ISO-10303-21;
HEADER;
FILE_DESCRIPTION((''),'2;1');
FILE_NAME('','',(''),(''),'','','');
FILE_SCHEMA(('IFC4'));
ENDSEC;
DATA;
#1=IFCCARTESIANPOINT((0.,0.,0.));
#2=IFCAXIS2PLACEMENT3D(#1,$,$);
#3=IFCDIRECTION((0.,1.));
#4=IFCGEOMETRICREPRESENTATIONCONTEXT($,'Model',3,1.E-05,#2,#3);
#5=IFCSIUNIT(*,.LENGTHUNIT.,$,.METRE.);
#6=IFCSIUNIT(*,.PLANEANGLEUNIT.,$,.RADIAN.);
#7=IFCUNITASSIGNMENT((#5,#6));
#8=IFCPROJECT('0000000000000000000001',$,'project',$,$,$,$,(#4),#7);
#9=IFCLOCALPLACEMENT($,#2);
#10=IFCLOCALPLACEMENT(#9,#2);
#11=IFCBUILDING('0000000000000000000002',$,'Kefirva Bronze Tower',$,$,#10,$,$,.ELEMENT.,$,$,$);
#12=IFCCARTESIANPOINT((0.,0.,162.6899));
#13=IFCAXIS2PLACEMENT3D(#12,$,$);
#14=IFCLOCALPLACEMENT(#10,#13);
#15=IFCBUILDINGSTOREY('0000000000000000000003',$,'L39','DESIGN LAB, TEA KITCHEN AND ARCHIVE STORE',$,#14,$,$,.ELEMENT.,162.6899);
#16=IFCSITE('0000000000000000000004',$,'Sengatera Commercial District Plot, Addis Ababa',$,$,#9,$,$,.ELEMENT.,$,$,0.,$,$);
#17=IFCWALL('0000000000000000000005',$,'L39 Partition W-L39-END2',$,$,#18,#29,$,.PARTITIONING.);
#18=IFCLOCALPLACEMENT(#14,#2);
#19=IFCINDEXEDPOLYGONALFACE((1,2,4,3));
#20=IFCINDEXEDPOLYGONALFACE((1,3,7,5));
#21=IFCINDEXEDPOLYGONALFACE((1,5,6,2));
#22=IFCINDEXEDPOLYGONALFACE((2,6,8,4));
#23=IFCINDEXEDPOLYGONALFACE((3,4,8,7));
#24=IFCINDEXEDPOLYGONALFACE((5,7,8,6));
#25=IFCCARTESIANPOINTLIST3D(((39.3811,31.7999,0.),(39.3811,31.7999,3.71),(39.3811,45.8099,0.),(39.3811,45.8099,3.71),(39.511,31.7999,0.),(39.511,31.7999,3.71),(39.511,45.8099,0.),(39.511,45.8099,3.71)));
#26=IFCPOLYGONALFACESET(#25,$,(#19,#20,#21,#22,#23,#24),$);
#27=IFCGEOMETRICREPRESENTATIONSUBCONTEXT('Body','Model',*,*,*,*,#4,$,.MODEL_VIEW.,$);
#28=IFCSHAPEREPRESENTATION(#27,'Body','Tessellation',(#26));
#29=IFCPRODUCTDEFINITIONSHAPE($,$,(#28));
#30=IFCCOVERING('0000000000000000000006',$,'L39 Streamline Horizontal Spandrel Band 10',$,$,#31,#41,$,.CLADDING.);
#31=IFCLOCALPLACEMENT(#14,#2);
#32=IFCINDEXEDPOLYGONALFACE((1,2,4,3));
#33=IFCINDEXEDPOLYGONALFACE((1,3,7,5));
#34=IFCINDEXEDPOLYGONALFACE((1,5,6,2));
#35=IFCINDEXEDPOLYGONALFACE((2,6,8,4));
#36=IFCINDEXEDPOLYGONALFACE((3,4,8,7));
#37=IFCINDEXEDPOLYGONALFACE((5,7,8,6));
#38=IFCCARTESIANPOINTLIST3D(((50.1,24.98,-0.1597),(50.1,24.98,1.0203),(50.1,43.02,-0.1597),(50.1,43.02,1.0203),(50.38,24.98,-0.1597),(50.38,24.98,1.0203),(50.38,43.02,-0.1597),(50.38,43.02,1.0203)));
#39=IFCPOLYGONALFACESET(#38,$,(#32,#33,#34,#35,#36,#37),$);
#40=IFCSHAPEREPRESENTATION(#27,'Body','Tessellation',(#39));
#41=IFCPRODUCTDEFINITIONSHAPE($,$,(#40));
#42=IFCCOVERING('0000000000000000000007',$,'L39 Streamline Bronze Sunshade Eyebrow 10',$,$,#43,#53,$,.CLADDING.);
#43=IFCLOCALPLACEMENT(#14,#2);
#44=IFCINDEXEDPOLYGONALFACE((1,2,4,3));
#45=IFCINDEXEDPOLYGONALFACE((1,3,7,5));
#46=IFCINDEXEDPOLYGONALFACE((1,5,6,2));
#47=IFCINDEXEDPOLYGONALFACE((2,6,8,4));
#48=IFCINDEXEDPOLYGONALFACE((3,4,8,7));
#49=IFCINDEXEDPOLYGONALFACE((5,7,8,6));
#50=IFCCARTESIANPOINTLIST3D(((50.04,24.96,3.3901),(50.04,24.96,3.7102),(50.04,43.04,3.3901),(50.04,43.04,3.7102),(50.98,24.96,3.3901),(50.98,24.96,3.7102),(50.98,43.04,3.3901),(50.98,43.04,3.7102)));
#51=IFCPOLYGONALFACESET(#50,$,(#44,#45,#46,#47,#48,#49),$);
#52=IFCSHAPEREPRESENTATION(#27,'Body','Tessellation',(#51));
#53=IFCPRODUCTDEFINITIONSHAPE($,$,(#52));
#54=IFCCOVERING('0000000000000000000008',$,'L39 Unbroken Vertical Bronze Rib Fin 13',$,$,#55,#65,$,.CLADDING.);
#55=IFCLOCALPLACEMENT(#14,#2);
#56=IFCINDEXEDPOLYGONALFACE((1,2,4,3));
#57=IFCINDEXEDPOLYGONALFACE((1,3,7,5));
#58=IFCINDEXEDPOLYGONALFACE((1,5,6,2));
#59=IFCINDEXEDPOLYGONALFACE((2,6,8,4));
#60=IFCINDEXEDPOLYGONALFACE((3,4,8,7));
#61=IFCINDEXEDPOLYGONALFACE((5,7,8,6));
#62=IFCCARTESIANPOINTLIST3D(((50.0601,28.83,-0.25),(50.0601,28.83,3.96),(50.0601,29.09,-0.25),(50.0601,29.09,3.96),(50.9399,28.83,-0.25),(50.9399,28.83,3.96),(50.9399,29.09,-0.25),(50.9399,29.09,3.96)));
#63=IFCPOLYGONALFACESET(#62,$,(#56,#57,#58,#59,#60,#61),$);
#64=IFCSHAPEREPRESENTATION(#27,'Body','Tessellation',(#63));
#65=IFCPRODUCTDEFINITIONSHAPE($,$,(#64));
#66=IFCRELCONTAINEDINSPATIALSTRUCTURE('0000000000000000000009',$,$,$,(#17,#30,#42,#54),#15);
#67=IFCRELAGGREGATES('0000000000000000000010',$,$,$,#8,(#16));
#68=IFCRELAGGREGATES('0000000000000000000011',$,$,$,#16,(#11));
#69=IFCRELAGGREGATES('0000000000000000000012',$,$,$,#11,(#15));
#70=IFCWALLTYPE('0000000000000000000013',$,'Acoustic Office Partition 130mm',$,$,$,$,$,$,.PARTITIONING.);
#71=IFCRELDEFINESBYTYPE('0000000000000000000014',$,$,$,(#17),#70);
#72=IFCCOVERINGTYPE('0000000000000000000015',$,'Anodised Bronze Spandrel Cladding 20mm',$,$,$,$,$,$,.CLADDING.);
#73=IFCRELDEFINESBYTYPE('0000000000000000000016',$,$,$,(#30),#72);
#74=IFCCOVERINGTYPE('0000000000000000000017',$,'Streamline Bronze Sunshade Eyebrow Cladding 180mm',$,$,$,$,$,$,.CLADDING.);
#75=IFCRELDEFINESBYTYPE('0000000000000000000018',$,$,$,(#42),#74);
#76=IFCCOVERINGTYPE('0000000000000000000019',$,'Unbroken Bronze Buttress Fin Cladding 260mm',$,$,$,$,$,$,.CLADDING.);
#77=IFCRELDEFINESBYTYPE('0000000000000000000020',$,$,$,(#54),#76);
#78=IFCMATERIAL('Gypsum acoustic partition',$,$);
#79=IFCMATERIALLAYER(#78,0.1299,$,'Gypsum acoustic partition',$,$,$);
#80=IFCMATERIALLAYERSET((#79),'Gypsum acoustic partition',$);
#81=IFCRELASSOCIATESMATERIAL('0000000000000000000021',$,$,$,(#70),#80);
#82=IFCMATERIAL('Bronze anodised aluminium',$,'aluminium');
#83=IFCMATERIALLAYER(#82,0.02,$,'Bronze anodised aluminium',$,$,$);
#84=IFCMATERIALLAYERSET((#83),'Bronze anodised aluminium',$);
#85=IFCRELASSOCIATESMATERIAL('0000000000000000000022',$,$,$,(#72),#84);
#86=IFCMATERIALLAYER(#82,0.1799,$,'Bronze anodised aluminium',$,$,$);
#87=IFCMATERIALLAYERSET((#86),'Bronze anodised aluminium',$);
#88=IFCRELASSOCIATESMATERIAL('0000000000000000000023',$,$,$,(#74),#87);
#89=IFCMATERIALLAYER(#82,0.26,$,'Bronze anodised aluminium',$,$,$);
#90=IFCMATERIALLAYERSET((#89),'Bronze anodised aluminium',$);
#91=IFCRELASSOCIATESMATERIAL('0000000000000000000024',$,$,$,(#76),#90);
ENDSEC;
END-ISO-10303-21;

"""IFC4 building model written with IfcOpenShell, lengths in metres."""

from ifc_helpers import new_model, si_unit, direction, frame, frame_2d, origin, origin_2d, place, context, subcontext, project, spatial, rectangle, extrude, material, layer, layer_set, type_object, element, save


model = new_model("IFC4")

# Units and contexts
model_context = context("Model", 3, precision=1e-05, world=origin(), true_north=direction((0.0, 1.0)))
body_context = subcontext(model_context, "Body", "Model", "MODEL_VIEW")
ifc_project = project(units=[si_unit("LENGTHUNIT", "METRE"), si_unit("PLANEANGLEUNIT", "RADIAN")], contexts=[model_context])

# Site, building, storey
site_placement = place(None, origin())
site = spatial("IfcSite", under=ifc_project, at=site_placement, Name="Sengatera Commercial District Plot, Addis Ababa", CompositionType="ELEMENT", RefElevation=0.0)
building_placement = place(site_placement, origin())
building = spatial("IfcBuilding", under=site, at=building_placement, Name="Kefirva Bronze Tower", CompositionType="ELEMENT")
storey_placement = place(building_placement, frame((0.0, 0.0, 162.6899)))
storey = spatial("IfcBuildingStorey", under=building, at=storey_placement, Name="L39", Description="DESIGN LAB, TEA KITCHEN AND ARCHIVE STORE", CompositionType="ELEMENT", Elevation=162.6899)

# Shared definitions
ifc_material_1 = material(Name="Bronze anodised aluminium", Category="aluminium")

# Wall
ifc_material_2 = material(Name="Gypsum acoustic partition")
ifc_layer_1 = layer(ifc_material_2, 0.1299, Name="Gypsum acoustic partition")
ifc_layer_set_1 = layer_set([ifc_layer_1], Name="Gypsum acoustic partition")
wall_type = type_object("IfcWallType", Name="Acoustic Office Partition 130mm", PredefinedType="PARTITIONING", material=ifc_layer_set_1)
wall_placement = place(storey_placement, frame((39.446, 31.8, 0.0), z_axis=(0.0, 0.0, 1.0), x_axis=(0.0, 1.0, 0.0)))
element("IfcWall", 1, at=wall_placement, inside=storey, type_object=wall_type, Name="L39 Partition W-L39-END2", PredefinedType="PARTITIONING", context=body_context, shape_type="SweptSolid", body=[
    extrude(rectangle(XDim=14.01, YDim=0.1299, at=frame_2d((7.0049, 0.0))), origin(), (0.0, 0.0, 1.0), 3.71),
])

# Coverings
ifc_layer_2 = layer(ifc_material_1, 0.02, Name="Bronze anodised aluminium")
ifc_layer_set_2 = layer_set([ifc_layer_2], Name="Bronze anodised aluminium")
covering_type_1 = type_object("IfcCoveringType", Name="Anodised Bronze Spandrel Cladding 20mm", PredefinedType="CLADDING", material=ifc_layer_set_2)
covering_1_placement = place(storey_placement, frame((50.24, 34.0, -0.1597), z_axis=(0.0, 0.0, 1.0), x_axis=(0.0, 1.0, 0.0)))
element("IfcCovering", 2, at=covering_1_placement, inside=storey, type_object=covering_type_1, Name="L39 Streamline Horizontal Spandrel Band 10", PredefinedType="CLADDING", context=body_context, shape_type="SweptSolid", body=[
    extrude(rectangle(XDim=18.04, YDim=0.28, at=origin_2d()), origin(), (0.0, 0.0, 1.0), 1.1799),
])
ifc_layer_3 = layer(ifc_material_1, 0.1799, Name="Bronze anodised aluminium")
ifc_layer_set_3 = layer_set([ifc_layer_3], Name="Bronze anodised aluminium")
covering_type_2 = type_object("IfcCoveringType", Name="Streamline Bronze Sunshade Eyebrow Cladding 180mm", PredefinedType="CLADDING", material=ifc_layer_set_3)
covering_2_placement = place(storey_placement, frame((50.51, 34.0, 3.3901), z_axis=(0.0, 0.0, 1.0), x_axis=(0.0, 1.0, 0.0)))
element("IfcCovering", 3, at=covering_2_placement, inside=storey, type_object=covering_type_2, Name="L39 Streamline Bronze Sunshade Eyebrow 10", PredefinedType="CLADDING", context=body_context, shape_type="SweptSolid", body=[
    extrude(rectangle(XDim=18.0801, YDim=0.9399, at=origin_2d()), origin(), (0.0, 0.0, 1.0), 0.3201),
])
ifc_layer_4 = layer(ifc_material_1, 0.26, Name="Bronze anodised aluminium")
ifc_layer_set_4 = layer_set([ifc_layer_4], Name="Bronze anodised aluminium")
covering_type_3 = type_object("IfcCoveringType", Name="Unbroken Bronze Buttress Fin Cladding 260mm", PredefinedType="CLADDING", material=ifc_layer_set_4)
covering_3_placement = place(storey_placement, frame((50.5, 28.96, -0.25), z_axis=(0.0, 0.0, 1.0), x_axis=(0.0, 1.0, 0.0)))
element("IfcCovering", 4, at=covering_3_placement, inside=storey, type_object=covering_type_3, Name="L39 Unbroken Vertical Bronze Rib Fin 13", PredefinedType="CLADDING", context=body_context, shape_type="SweptSolid", body=[
    extrude(rectangle(XDim=0.26, YDim=0.8799, at=origin_2d()), origin(), (0.0, 0.0, 1.0), 4.21),
])

save(model, "model.ifc")
